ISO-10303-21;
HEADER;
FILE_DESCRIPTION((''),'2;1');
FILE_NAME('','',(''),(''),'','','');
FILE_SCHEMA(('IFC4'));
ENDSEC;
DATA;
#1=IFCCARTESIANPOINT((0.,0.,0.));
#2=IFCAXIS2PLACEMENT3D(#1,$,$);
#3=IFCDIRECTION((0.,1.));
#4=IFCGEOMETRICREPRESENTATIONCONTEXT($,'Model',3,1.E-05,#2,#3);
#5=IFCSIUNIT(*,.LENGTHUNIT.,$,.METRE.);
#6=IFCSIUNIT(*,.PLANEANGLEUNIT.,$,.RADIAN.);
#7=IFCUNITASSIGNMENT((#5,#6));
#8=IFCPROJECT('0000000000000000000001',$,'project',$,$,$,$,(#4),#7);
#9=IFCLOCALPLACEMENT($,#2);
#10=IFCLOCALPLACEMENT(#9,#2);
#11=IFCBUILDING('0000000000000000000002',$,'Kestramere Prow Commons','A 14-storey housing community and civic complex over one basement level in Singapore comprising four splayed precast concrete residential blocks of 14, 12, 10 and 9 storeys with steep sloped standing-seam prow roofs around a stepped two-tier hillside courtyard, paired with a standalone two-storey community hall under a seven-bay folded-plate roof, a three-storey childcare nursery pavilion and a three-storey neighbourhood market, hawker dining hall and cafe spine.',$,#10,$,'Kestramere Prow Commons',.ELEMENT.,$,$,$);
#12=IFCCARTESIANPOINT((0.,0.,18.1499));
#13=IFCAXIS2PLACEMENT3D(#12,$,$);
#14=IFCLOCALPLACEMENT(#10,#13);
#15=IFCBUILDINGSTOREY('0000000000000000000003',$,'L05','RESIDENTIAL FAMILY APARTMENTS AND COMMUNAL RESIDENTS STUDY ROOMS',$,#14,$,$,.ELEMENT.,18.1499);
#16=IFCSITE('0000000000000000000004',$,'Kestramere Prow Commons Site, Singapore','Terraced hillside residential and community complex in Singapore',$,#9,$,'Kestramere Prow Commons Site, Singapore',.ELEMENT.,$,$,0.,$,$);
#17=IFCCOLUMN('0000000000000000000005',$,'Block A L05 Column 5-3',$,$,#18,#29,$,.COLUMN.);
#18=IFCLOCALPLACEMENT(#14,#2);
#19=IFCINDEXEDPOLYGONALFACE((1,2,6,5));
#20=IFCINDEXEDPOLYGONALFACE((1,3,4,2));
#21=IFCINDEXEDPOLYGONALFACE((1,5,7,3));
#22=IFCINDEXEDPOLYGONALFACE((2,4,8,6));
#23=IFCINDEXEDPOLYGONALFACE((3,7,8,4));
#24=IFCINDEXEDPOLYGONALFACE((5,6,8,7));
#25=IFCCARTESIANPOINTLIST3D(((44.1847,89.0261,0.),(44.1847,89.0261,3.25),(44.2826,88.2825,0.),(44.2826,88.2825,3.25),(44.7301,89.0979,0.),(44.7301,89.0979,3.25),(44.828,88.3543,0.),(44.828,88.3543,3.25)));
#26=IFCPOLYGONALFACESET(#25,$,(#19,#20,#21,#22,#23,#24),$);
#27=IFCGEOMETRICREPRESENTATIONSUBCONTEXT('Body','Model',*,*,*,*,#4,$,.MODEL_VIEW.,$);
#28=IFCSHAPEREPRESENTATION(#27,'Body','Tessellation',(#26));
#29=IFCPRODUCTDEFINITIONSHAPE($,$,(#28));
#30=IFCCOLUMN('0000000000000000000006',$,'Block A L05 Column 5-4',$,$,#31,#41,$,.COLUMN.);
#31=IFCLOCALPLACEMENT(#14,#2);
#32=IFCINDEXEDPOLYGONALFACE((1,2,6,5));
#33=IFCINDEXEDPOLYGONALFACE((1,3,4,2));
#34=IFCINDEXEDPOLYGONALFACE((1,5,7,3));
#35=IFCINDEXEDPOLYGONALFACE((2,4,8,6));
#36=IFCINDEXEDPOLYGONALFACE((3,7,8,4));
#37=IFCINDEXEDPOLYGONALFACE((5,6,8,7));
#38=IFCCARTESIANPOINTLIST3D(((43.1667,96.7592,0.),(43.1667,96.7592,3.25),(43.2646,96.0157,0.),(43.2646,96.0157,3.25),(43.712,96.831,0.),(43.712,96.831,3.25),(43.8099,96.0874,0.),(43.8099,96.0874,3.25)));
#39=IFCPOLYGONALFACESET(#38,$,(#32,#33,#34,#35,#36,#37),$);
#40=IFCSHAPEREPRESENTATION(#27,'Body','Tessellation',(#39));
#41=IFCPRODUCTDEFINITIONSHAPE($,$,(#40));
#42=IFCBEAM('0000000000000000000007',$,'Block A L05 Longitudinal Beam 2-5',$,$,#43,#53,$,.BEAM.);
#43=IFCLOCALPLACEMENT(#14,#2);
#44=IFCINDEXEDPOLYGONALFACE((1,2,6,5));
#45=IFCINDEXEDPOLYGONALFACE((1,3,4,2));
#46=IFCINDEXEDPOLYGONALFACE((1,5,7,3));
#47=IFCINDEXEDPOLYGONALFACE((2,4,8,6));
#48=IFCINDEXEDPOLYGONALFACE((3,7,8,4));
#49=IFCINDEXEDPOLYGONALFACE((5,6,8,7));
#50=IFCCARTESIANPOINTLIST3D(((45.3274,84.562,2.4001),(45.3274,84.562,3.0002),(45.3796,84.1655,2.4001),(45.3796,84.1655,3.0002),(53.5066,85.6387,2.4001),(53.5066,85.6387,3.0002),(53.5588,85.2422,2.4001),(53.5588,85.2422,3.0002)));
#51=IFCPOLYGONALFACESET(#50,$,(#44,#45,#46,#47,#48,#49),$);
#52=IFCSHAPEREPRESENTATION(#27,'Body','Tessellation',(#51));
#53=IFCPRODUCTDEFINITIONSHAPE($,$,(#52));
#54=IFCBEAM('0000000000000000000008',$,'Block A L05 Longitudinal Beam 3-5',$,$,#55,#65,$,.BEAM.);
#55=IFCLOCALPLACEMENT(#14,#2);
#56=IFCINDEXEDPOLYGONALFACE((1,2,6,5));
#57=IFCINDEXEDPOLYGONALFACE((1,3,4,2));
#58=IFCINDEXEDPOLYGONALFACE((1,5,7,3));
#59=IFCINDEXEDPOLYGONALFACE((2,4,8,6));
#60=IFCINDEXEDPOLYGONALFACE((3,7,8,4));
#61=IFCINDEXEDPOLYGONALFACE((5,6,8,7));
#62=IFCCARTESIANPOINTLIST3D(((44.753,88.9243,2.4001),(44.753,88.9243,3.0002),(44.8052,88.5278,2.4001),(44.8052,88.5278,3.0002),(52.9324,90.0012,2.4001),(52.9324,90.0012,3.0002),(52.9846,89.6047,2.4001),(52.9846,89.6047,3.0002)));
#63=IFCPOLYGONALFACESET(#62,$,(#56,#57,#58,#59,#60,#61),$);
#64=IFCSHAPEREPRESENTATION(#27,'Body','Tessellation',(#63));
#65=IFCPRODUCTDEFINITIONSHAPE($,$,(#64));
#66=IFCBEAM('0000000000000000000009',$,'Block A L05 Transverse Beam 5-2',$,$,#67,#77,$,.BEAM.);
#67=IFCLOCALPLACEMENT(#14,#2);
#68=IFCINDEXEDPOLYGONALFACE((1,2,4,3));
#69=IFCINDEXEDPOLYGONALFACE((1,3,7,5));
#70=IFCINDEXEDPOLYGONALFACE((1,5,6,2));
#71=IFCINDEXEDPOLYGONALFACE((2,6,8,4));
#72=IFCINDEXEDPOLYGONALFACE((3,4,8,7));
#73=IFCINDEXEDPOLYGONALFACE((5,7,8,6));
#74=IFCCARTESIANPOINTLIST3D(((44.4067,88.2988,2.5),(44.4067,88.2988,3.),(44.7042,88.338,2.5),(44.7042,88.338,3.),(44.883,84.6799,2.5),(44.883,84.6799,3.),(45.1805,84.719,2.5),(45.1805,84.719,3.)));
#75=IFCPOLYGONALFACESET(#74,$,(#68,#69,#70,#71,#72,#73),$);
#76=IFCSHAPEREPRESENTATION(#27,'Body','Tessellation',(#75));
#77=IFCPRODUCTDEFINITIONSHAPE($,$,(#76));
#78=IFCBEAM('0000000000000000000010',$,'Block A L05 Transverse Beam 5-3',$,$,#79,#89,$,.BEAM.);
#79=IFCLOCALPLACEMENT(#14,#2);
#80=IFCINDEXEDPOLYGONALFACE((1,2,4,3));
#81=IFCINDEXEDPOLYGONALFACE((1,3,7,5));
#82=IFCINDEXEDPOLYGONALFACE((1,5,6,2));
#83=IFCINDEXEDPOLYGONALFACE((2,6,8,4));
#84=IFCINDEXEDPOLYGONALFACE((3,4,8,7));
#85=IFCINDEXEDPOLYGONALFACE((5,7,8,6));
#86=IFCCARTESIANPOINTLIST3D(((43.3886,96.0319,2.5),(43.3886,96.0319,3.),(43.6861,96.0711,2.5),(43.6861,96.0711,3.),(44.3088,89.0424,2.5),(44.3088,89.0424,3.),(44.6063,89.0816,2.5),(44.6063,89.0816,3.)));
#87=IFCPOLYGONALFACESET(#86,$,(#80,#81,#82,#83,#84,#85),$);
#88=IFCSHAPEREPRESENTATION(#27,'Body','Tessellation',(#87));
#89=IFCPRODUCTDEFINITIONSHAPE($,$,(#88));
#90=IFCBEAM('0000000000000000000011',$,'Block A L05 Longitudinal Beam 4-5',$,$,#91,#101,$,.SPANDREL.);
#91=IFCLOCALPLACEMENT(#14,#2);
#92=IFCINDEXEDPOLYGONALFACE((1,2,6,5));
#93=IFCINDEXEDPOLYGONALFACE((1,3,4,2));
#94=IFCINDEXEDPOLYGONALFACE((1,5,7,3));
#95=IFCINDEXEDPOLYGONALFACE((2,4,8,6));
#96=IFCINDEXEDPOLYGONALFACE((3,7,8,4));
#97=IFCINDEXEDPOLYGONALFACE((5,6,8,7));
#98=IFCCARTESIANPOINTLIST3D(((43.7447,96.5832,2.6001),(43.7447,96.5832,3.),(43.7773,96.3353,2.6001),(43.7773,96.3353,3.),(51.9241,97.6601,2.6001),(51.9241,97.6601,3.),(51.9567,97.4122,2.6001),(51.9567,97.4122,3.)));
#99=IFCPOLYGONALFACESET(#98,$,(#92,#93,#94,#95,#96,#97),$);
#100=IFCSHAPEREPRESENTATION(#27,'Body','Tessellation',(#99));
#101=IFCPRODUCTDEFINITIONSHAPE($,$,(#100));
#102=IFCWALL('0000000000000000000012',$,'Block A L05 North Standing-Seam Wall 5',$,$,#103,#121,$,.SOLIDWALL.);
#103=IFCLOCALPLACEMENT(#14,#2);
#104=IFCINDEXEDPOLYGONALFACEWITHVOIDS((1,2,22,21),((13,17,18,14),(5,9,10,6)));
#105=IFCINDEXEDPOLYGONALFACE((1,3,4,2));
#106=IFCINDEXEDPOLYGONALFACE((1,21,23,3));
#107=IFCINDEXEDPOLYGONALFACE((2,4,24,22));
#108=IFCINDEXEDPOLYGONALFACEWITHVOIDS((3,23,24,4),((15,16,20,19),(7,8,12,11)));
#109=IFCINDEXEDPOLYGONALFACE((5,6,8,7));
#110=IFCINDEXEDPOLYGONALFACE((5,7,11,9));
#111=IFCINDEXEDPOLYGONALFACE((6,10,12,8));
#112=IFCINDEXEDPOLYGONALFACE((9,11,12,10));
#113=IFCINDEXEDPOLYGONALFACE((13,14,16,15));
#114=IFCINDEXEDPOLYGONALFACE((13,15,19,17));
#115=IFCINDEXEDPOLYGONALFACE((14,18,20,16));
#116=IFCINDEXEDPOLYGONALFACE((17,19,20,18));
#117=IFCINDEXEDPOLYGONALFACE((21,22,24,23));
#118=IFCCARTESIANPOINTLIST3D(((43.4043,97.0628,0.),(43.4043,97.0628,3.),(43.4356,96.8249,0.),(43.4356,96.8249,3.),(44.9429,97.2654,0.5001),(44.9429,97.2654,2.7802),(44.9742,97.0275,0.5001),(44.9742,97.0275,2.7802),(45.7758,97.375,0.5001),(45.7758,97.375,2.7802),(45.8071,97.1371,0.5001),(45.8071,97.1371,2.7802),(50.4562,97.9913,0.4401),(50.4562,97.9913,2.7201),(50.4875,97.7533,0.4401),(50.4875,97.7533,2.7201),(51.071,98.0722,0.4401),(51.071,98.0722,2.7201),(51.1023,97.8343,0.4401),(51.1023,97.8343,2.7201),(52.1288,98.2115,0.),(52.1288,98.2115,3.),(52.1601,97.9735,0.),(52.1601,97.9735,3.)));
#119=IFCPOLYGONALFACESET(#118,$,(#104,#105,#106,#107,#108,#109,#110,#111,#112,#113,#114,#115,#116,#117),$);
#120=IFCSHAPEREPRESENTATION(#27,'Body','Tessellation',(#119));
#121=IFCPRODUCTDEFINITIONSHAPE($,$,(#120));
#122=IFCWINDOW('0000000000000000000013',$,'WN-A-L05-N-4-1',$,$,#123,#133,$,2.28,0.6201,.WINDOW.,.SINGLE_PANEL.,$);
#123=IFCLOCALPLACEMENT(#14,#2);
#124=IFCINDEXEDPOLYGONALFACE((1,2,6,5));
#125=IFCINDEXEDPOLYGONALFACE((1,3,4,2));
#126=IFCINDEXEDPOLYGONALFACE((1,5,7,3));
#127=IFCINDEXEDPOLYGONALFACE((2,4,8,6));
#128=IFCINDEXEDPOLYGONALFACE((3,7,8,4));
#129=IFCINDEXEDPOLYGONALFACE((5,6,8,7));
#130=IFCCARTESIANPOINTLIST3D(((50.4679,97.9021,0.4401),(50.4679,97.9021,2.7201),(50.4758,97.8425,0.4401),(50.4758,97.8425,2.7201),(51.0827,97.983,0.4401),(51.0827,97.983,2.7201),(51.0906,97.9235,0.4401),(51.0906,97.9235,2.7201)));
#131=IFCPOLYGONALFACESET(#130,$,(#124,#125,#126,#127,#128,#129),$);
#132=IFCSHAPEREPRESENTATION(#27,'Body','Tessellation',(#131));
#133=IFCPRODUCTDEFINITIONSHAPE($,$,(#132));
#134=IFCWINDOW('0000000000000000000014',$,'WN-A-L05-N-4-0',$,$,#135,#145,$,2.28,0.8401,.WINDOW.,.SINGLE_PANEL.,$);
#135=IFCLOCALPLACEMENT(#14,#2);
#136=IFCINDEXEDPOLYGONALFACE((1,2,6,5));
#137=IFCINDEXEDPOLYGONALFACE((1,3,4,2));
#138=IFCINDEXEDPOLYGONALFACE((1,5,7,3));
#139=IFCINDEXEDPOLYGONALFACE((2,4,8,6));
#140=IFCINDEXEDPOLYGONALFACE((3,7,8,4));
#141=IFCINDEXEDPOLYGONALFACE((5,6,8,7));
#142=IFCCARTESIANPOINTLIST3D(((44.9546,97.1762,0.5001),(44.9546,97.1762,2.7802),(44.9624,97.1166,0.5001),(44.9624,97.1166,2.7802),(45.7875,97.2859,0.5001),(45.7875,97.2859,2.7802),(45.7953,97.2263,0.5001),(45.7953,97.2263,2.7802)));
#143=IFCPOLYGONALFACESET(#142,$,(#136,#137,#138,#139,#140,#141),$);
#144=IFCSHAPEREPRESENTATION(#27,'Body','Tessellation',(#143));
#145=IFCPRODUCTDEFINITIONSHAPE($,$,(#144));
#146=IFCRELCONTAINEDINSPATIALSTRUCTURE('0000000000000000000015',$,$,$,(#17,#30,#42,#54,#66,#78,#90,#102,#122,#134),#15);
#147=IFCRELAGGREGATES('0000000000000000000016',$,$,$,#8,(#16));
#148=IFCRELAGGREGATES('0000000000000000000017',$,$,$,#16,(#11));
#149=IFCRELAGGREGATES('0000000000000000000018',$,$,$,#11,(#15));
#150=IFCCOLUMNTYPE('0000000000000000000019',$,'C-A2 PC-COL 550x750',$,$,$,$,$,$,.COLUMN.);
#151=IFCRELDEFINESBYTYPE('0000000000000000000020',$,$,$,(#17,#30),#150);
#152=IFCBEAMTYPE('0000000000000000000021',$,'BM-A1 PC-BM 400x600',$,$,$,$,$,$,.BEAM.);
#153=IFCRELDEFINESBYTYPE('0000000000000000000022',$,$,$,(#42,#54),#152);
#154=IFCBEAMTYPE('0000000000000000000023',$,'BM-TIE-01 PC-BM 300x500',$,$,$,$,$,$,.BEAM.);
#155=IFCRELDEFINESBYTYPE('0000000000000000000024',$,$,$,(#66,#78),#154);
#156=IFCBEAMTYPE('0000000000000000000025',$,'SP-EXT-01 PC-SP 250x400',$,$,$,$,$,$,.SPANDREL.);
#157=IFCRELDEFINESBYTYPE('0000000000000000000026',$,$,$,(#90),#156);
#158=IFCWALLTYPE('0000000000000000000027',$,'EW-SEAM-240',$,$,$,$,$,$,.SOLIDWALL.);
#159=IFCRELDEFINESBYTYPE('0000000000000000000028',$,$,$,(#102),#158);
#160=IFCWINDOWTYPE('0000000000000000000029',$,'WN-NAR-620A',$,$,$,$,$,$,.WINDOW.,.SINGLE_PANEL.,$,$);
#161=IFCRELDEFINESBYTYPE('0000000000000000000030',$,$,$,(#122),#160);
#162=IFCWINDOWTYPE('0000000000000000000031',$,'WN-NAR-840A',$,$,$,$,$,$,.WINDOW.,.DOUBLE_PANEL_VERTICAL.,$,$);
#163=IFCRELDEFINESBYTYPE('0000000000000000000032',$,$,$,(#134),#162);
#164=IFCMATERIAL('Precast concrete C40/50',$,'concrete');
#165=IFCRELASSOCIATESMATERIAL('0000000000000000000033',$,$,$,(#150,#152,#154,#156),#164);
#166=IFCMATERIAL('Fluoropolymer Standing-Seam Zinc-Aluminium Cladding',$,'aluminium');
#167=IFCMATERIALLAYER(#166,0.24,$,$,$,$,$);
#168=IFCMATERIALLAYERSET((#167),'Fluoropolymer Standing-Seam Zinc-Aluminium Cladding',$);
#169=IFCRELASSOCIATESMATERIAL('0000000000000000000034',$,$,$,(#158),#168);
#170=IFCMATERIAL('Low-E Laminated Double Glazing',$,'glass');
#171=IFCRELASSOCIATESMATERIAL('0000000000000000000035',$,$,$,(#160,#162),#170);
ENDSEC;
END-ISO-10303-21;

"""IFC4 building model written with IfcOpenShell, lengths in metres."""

from ifc_helpers import new_model, si_unit, direction, frame, frame_2d, origin, origin_2d, place, context, subcontext, project, spatial, rectangle, extrude, material, layer, layer_set, material_profile, profile_set, type_object, element, fill, save


model = new_model("IFC4")

# Units and contexts
model_context = context("Model", 3, precision=1e-05, world=origin(), true_north=direction((0.0, 1.0)))
body_context = subcontext(model_context, "Body", "Model", "MODEL_VIEW")
ifc_project = project(units=[si_unit("LENGTHUNIT", "METRE"), si_unit("PLANEANGLEUNIT", "RADIAN")], contexts=[model_context])

# Site, building, storey
site_placement = place(None, origin())
site = spatial("IfcSite", under=ifc_project, at=site_placement, Name="Kestramere Prow Commons Site, Singapore", Description="Terraced hillside residential and community complex in Singapore", LongName="Kestramere Prow Commons Site, Singapore", CompositionType="ELEMENT", RefElevation=0.0)
building_placement = place(site_placement, origin())
building = spatial("IfcBuilding", under=site, at=building_placement, Name="Kestramere Prow Commons", Description="A 14-storey housing community and civic complex over one basement level in Singapore comprising four splayed precast concrete residential blocks of 14, 12, 10 and 9 storeys with steep sloped standing-seam prow roofs around a stepped two-tier hillside courtyard, paired with a standalone two-storey community hall under a seven-bay folded-plate roof, a three-storey childcare nursery pavilion and a three-storey neighbourhood market, hawker dining hall and cafe spine.", LongName="Kestramere Prow Commons", CompositionType="ELEMENT")
storey_placement = place(building_placement, frame((0.0, 0.0, 18.1499)))
storey = spatial("IfcBuildingStorey", under=building, at=storey_placement, Name="L05", Description="RESIDENTIAL FAMILY APARTMENTS AND COMMUNAL RESIDENTS STUDY ROOMS", CompositionType="ELEMENT", Elevation=18.1499)

# Columns
ifc_material_1 = material(Name="Precast concrete C40/50", Category="concrete")
ifc_material_profile_1 = material_profile(ifc_material_1, rectangle(XDim=0.55, YDim=0.75, at=origin_2d()), Name="PC-COL 550x750")
ifc_profile_set_1 = profile_set([ifc_material_profile_1], Name="Precast concrete C40/50")
column_type = type_object("IfcColumnType", Name="C-A2 PC-COL 550x750", PredefinedType="COLUMN", material=ifc_profile_set_1)
for number, where, z_axis, x_axis, name in (
    (1, (44.5063, 88.6902, 0.0), (0.0, 0.0, 1.0), (0.991445, 0.130526, 0.0), "Block A L05 Column 5-3"),
    (2, (43.4883, 96.4233, 0.0), (0.0, 0.0, 1.0), (0.991445, 0.130526, 0.0), "Block A L05 Column 5-4"),
):
    element("IfcColumn", number, at=place(storey_placement, frame(where, z_axis=z_axis, x_axis=x_axis)), inside=storey, type_object=column_type, Name=name, PredefinedType="COLUMN", context=body_context, shape_type="SweptSolid", body=[
        extrude(rectangle(XDim=0.55, YDim=0.75, at=origin_2d()), origin(), (0.0, 0.0, 1.0), 3.25),
    ])

# Beams
ifc_material_profile_2 = material_profile(ifc_material_1, rectangle(XDim=0.3999, YDim=0.6001, at=origin_2d()), Name="PC-BM 400x600")
ifc_profile_set_2 = profile_set([ifc_material_profile_2], Name="Precast concrete C40/50")
beam_type_1 = type_object("IfcBeamType", Name="BM-A1 PC-BM 400x600", PredefinedType="BEAM", material=ifc_profile_set_2)
beam_1_placement = place(storey_placement, frame((45.3535, 84.3638, 2.7002), z_axis=(0.991447, 0.130508, 0.0), x_axis=(-0.130508, 0.991447, 0.0)))
element("IfcBeam", 3, at=beam_1_placement, inside=storey, type_object=beam_type_1, Name="Block A L05 Longitudinal Beam 2-5", PredefinedType="BEAM", context=body_context, shape_type="SweptSolid", body=[
    extrude(rectangle(XDim=0.3999, YDim=0.6001, at=origin_2d()), origin(), (0.0, 0.0, 1.0), 8.2498),
])
beam_2_placement = place(storey_placement, frame((44.7791, 88.7261, 2.7002), z_axis=(0.991444, 0.130533, 0.0), x_axis=(-0.130533, 0.991444, 0.0)))
element("IfcBeam", 4, at=beam_2_placement, inside=storey, type_object=beam_type_1, Name="Block A L05 Longitudinal Beam 3-5", PredefinedType="BEAM", context=body_context, shape_type="SweptSolid", body=[
    extrude(rectangle(XDim=0.3999, YDim=0.6001, at=origin_2d()), origin(), (0.0, 0.0, 1.0), 8.25),
])
ifc_material_profile_3 = material_profile(ifc_material_1, rectangle(XDim=0.3, YDim=0.5, at=origin_2d()), Name="PC-BM 300x500")
ifc_profile_set_3 = profile_set([ifc_material_profile_3], Name="Precast concrete C40/50")
beam_type_2 = type_object("IfcBeamType", Name="BM-TIE-01 PC-BM 300x500", PredefinedType="BEAM", material=ifc_profile_set_3)
beam_3_placement = place(storey_placement, frame((45.0317, 84.6995, 2.75), z_axis=(-0.130494, 0.991449, 0.0), x_axis=(-0.991449, -0.130494, 0.0)))
element("IfcBeam", 5, at=beam_3_placement, inside=storey, type_object=beam_type_2, Name="Block A L05 Transverse Beam 5-2", PredefinedType="BEAM", context=body_context, shape_type="SweptSolid", body=[
    extrude(rectangle(XDim=0.3, YDim=0.5, at=origin_2d()), origin(), (0.0, 0.0, 1.0), 3.6501),
])
beam_4_placement = place(storey_placement, frame((44.4575, 89.062, 2.75), z_axis=(-0.130523, 0.991445, 0.0), x_axis=(-0.991445, -0.130523, 0.0)))
element("IfcBeam", 6, at=beam_4_placement, inside=storey, type_object=beam_type_2, Name="Block A L05 Transverse Beam 5-3", PredefinedType="BEAM", context=body_context, shape_type="SweptSolid", body=[
    extrude(rectangle(XDim=0.3, YDim=0.5, at=origin_2d()), origin(), (0.0, 0.0, 1.0), 7.0498),
])
ifc_material_profile_4 = material_profile(ifc_material_1, rectangle(XDim=0.25, YDim=0.3999, at=origin_2d()), Name="PC-SP 250x400")
ifc_profile_set_4 = profile_set([ifc_material_profile_4], Name="Precast concrete C40/50")
beam_type_3 = type_object("IfcBeamType", Name="SP-EXT-01 PC-SP 250x400", PredefinedType="SPANDREL", material=ifc_profile_set_4)
beam_5_placement = place(storey_placement, frame((43.761, 96.4592, 2.8), z_axis=(0.991444, 0.130533, 0.0), x_axis=(-0.130533, 0.991444, 0.0)))
element("IfcBeam", 7, at=beam_5_placement, inside=storey, type_object=beam_type_3, Name="Block A L05 Longitudinal Beam 4-5", PredefinedType="SPANDREL", context=body_context, shape_type="SweptSolid", body=[
    extrude(rectangle(XDim=0.25, YDim=0.3999, at=origin_2d()), origin(), (0.0, 0.0, 1.0), 8.25),
])

# Wall, openings, windows
ifc_material_2 = material(Name="Fluoropolymer Standing-Seam Zinc-Aluminium Cladding", Category="aluminium")
ifc_layer_1 = layer(ifc_material_2, 0.24)
ifc_layer_set_1 = layer_set([ifc_layer_1], Name="Fluoropolymer Standing-Seam Zinc-Aluminium Cladding")
wall_type_1 = type_object("IfcWallType", Name="EW-SEAM-240", PredefinedType="SOLIDWALL", material=ifc_layer_set_1)
wall_1_placement = place(storey_placement, frame((43.4199, 96.9438, 0.0), z_axis=(0.0, 0.0, 1.0), x_axis=(0.991444, 0.130533, 0.0)))
wall_1 = element("IfcWall", 8, at=wall_1_placement, inside=storey, type_object=wall_type_1, Name="Block A L05 North Standing-Seam Wall 5", PredefinedType="SOLIDWALL", context=body_context, shape_type="SweptSolid", body=[
    extrude(rectangle(XDim=8.7998, YDim=0.24, at=frame_2d((4.3999, 0.0))), origin(), (0.0, 0.0, 1.0), 3.0),
])
opening_1_placement = place(wall_1_placement, frame((1.552, 0.0, 0.5)))
opening_1 = element("IfcOpeningElement", 9, at=opening_1_placement, cuts=wall_1, PredefinedType="OPENING", context=body_context, shape_type="SweptSolid", body=[
    extrude(rectangle(XDim=0.8401, YDim=2.28, at=frame_2d((0.4199, 1.1401))), frame((0.0, 0.135, 0.0), z_axis=(0.0, -1.0, 0.0), x_axis=(1.0, 0.0, 0.0)), (0.0, 0.0, 1.0), 0.27),
])
opening_2_placement = place(wall_1_placement, frame((7.1128, 0.0, 0.4399)))
opening_2 = element("IfcOpeningElement", 10, at=opening_2_placement, cuts=wall_1, PredefinedType="OPENING", context=body_context, shape_type="SweptSolid", body=[
    extrude(rectangle(XDim=0.6201, YDim=2.28, at=frame_2d((0.3101, 1.1401))), frame((0.0, 0.135, 0.0), z_axis=(0.0, -1.0, 0.0), x_axis=(1.0, 0.0, 0.0)), (0.0, 0.0, 1.0), 0.27),
])
ifc_material_3 = material(Name="Low-E Laminated Double Glazing", Category="glass")
window_type_1 = type_object("IfcWindowType", Name="WN-NAR-620A", PartitioningType="SINGLE_PANEL", PredefinedType="WINDOW", material=ifc_material_3)
window_1_placement = place(opening_2_placement, origin())
window_1 = element("IfcWindow", 11, at=window_1_placement, inside=storey, type_object=window_type_1, Name="WN-A-L05-N-4-1", OverallHeight=2.28, OverallWidth=0.6201, PartitioningType="SINGLE_PANEL", PredefinedType="WINDOW", context=body_context, shape_type="SweptSolid", body=[
    extrude(rectangle(XDim=0.6201, YDim=2.28, at=frame_2d((0.3101, 1.1401))), frame((0.0, 0.03, 0.0), z_axis=(0.0, -1.0, 0.0), x_axis=(1.0, 0.0, 0.0)), (0.0, 0.0, 1.0), 0.0601),
])
fill(opening_2, window_1)
window_type_2 = type_object("IfcWindowType", Name="WN-NAR-840A", PartitioningType="DOUBLE_PANEL_VERTICAL", PredefinedType="WINDOW", material=ifc_material_3)
window_2_placement = place(opening_1_placement, origin())
window_2 = element("IfcWindow", 12, at=window_2_placement, inside=storey, type_object=window_type_2, Name="WN-A-L05-N-4-0", OverallHeight=2.28, OverallWidth=0.8401, PartitioningType="SINGLE_PANEL", PredefinedType="WINDOW", context=body_context, shape_type="SweptSolid", body=[
    extrude(rectangle(XDim=0.8401, YDim=2.28, at=frame_2d((0.4199, 1.1401))), frame((0.0, 0.03, 0.0), z_axis=(0.0, -1.0, 0.0), x_axis=(1.0, 0.0, 0.0)), (0.0, 0.0, 1.0), 0.0601),
])
fill(opening_1, window_2)

save(model, "model.ifc")
